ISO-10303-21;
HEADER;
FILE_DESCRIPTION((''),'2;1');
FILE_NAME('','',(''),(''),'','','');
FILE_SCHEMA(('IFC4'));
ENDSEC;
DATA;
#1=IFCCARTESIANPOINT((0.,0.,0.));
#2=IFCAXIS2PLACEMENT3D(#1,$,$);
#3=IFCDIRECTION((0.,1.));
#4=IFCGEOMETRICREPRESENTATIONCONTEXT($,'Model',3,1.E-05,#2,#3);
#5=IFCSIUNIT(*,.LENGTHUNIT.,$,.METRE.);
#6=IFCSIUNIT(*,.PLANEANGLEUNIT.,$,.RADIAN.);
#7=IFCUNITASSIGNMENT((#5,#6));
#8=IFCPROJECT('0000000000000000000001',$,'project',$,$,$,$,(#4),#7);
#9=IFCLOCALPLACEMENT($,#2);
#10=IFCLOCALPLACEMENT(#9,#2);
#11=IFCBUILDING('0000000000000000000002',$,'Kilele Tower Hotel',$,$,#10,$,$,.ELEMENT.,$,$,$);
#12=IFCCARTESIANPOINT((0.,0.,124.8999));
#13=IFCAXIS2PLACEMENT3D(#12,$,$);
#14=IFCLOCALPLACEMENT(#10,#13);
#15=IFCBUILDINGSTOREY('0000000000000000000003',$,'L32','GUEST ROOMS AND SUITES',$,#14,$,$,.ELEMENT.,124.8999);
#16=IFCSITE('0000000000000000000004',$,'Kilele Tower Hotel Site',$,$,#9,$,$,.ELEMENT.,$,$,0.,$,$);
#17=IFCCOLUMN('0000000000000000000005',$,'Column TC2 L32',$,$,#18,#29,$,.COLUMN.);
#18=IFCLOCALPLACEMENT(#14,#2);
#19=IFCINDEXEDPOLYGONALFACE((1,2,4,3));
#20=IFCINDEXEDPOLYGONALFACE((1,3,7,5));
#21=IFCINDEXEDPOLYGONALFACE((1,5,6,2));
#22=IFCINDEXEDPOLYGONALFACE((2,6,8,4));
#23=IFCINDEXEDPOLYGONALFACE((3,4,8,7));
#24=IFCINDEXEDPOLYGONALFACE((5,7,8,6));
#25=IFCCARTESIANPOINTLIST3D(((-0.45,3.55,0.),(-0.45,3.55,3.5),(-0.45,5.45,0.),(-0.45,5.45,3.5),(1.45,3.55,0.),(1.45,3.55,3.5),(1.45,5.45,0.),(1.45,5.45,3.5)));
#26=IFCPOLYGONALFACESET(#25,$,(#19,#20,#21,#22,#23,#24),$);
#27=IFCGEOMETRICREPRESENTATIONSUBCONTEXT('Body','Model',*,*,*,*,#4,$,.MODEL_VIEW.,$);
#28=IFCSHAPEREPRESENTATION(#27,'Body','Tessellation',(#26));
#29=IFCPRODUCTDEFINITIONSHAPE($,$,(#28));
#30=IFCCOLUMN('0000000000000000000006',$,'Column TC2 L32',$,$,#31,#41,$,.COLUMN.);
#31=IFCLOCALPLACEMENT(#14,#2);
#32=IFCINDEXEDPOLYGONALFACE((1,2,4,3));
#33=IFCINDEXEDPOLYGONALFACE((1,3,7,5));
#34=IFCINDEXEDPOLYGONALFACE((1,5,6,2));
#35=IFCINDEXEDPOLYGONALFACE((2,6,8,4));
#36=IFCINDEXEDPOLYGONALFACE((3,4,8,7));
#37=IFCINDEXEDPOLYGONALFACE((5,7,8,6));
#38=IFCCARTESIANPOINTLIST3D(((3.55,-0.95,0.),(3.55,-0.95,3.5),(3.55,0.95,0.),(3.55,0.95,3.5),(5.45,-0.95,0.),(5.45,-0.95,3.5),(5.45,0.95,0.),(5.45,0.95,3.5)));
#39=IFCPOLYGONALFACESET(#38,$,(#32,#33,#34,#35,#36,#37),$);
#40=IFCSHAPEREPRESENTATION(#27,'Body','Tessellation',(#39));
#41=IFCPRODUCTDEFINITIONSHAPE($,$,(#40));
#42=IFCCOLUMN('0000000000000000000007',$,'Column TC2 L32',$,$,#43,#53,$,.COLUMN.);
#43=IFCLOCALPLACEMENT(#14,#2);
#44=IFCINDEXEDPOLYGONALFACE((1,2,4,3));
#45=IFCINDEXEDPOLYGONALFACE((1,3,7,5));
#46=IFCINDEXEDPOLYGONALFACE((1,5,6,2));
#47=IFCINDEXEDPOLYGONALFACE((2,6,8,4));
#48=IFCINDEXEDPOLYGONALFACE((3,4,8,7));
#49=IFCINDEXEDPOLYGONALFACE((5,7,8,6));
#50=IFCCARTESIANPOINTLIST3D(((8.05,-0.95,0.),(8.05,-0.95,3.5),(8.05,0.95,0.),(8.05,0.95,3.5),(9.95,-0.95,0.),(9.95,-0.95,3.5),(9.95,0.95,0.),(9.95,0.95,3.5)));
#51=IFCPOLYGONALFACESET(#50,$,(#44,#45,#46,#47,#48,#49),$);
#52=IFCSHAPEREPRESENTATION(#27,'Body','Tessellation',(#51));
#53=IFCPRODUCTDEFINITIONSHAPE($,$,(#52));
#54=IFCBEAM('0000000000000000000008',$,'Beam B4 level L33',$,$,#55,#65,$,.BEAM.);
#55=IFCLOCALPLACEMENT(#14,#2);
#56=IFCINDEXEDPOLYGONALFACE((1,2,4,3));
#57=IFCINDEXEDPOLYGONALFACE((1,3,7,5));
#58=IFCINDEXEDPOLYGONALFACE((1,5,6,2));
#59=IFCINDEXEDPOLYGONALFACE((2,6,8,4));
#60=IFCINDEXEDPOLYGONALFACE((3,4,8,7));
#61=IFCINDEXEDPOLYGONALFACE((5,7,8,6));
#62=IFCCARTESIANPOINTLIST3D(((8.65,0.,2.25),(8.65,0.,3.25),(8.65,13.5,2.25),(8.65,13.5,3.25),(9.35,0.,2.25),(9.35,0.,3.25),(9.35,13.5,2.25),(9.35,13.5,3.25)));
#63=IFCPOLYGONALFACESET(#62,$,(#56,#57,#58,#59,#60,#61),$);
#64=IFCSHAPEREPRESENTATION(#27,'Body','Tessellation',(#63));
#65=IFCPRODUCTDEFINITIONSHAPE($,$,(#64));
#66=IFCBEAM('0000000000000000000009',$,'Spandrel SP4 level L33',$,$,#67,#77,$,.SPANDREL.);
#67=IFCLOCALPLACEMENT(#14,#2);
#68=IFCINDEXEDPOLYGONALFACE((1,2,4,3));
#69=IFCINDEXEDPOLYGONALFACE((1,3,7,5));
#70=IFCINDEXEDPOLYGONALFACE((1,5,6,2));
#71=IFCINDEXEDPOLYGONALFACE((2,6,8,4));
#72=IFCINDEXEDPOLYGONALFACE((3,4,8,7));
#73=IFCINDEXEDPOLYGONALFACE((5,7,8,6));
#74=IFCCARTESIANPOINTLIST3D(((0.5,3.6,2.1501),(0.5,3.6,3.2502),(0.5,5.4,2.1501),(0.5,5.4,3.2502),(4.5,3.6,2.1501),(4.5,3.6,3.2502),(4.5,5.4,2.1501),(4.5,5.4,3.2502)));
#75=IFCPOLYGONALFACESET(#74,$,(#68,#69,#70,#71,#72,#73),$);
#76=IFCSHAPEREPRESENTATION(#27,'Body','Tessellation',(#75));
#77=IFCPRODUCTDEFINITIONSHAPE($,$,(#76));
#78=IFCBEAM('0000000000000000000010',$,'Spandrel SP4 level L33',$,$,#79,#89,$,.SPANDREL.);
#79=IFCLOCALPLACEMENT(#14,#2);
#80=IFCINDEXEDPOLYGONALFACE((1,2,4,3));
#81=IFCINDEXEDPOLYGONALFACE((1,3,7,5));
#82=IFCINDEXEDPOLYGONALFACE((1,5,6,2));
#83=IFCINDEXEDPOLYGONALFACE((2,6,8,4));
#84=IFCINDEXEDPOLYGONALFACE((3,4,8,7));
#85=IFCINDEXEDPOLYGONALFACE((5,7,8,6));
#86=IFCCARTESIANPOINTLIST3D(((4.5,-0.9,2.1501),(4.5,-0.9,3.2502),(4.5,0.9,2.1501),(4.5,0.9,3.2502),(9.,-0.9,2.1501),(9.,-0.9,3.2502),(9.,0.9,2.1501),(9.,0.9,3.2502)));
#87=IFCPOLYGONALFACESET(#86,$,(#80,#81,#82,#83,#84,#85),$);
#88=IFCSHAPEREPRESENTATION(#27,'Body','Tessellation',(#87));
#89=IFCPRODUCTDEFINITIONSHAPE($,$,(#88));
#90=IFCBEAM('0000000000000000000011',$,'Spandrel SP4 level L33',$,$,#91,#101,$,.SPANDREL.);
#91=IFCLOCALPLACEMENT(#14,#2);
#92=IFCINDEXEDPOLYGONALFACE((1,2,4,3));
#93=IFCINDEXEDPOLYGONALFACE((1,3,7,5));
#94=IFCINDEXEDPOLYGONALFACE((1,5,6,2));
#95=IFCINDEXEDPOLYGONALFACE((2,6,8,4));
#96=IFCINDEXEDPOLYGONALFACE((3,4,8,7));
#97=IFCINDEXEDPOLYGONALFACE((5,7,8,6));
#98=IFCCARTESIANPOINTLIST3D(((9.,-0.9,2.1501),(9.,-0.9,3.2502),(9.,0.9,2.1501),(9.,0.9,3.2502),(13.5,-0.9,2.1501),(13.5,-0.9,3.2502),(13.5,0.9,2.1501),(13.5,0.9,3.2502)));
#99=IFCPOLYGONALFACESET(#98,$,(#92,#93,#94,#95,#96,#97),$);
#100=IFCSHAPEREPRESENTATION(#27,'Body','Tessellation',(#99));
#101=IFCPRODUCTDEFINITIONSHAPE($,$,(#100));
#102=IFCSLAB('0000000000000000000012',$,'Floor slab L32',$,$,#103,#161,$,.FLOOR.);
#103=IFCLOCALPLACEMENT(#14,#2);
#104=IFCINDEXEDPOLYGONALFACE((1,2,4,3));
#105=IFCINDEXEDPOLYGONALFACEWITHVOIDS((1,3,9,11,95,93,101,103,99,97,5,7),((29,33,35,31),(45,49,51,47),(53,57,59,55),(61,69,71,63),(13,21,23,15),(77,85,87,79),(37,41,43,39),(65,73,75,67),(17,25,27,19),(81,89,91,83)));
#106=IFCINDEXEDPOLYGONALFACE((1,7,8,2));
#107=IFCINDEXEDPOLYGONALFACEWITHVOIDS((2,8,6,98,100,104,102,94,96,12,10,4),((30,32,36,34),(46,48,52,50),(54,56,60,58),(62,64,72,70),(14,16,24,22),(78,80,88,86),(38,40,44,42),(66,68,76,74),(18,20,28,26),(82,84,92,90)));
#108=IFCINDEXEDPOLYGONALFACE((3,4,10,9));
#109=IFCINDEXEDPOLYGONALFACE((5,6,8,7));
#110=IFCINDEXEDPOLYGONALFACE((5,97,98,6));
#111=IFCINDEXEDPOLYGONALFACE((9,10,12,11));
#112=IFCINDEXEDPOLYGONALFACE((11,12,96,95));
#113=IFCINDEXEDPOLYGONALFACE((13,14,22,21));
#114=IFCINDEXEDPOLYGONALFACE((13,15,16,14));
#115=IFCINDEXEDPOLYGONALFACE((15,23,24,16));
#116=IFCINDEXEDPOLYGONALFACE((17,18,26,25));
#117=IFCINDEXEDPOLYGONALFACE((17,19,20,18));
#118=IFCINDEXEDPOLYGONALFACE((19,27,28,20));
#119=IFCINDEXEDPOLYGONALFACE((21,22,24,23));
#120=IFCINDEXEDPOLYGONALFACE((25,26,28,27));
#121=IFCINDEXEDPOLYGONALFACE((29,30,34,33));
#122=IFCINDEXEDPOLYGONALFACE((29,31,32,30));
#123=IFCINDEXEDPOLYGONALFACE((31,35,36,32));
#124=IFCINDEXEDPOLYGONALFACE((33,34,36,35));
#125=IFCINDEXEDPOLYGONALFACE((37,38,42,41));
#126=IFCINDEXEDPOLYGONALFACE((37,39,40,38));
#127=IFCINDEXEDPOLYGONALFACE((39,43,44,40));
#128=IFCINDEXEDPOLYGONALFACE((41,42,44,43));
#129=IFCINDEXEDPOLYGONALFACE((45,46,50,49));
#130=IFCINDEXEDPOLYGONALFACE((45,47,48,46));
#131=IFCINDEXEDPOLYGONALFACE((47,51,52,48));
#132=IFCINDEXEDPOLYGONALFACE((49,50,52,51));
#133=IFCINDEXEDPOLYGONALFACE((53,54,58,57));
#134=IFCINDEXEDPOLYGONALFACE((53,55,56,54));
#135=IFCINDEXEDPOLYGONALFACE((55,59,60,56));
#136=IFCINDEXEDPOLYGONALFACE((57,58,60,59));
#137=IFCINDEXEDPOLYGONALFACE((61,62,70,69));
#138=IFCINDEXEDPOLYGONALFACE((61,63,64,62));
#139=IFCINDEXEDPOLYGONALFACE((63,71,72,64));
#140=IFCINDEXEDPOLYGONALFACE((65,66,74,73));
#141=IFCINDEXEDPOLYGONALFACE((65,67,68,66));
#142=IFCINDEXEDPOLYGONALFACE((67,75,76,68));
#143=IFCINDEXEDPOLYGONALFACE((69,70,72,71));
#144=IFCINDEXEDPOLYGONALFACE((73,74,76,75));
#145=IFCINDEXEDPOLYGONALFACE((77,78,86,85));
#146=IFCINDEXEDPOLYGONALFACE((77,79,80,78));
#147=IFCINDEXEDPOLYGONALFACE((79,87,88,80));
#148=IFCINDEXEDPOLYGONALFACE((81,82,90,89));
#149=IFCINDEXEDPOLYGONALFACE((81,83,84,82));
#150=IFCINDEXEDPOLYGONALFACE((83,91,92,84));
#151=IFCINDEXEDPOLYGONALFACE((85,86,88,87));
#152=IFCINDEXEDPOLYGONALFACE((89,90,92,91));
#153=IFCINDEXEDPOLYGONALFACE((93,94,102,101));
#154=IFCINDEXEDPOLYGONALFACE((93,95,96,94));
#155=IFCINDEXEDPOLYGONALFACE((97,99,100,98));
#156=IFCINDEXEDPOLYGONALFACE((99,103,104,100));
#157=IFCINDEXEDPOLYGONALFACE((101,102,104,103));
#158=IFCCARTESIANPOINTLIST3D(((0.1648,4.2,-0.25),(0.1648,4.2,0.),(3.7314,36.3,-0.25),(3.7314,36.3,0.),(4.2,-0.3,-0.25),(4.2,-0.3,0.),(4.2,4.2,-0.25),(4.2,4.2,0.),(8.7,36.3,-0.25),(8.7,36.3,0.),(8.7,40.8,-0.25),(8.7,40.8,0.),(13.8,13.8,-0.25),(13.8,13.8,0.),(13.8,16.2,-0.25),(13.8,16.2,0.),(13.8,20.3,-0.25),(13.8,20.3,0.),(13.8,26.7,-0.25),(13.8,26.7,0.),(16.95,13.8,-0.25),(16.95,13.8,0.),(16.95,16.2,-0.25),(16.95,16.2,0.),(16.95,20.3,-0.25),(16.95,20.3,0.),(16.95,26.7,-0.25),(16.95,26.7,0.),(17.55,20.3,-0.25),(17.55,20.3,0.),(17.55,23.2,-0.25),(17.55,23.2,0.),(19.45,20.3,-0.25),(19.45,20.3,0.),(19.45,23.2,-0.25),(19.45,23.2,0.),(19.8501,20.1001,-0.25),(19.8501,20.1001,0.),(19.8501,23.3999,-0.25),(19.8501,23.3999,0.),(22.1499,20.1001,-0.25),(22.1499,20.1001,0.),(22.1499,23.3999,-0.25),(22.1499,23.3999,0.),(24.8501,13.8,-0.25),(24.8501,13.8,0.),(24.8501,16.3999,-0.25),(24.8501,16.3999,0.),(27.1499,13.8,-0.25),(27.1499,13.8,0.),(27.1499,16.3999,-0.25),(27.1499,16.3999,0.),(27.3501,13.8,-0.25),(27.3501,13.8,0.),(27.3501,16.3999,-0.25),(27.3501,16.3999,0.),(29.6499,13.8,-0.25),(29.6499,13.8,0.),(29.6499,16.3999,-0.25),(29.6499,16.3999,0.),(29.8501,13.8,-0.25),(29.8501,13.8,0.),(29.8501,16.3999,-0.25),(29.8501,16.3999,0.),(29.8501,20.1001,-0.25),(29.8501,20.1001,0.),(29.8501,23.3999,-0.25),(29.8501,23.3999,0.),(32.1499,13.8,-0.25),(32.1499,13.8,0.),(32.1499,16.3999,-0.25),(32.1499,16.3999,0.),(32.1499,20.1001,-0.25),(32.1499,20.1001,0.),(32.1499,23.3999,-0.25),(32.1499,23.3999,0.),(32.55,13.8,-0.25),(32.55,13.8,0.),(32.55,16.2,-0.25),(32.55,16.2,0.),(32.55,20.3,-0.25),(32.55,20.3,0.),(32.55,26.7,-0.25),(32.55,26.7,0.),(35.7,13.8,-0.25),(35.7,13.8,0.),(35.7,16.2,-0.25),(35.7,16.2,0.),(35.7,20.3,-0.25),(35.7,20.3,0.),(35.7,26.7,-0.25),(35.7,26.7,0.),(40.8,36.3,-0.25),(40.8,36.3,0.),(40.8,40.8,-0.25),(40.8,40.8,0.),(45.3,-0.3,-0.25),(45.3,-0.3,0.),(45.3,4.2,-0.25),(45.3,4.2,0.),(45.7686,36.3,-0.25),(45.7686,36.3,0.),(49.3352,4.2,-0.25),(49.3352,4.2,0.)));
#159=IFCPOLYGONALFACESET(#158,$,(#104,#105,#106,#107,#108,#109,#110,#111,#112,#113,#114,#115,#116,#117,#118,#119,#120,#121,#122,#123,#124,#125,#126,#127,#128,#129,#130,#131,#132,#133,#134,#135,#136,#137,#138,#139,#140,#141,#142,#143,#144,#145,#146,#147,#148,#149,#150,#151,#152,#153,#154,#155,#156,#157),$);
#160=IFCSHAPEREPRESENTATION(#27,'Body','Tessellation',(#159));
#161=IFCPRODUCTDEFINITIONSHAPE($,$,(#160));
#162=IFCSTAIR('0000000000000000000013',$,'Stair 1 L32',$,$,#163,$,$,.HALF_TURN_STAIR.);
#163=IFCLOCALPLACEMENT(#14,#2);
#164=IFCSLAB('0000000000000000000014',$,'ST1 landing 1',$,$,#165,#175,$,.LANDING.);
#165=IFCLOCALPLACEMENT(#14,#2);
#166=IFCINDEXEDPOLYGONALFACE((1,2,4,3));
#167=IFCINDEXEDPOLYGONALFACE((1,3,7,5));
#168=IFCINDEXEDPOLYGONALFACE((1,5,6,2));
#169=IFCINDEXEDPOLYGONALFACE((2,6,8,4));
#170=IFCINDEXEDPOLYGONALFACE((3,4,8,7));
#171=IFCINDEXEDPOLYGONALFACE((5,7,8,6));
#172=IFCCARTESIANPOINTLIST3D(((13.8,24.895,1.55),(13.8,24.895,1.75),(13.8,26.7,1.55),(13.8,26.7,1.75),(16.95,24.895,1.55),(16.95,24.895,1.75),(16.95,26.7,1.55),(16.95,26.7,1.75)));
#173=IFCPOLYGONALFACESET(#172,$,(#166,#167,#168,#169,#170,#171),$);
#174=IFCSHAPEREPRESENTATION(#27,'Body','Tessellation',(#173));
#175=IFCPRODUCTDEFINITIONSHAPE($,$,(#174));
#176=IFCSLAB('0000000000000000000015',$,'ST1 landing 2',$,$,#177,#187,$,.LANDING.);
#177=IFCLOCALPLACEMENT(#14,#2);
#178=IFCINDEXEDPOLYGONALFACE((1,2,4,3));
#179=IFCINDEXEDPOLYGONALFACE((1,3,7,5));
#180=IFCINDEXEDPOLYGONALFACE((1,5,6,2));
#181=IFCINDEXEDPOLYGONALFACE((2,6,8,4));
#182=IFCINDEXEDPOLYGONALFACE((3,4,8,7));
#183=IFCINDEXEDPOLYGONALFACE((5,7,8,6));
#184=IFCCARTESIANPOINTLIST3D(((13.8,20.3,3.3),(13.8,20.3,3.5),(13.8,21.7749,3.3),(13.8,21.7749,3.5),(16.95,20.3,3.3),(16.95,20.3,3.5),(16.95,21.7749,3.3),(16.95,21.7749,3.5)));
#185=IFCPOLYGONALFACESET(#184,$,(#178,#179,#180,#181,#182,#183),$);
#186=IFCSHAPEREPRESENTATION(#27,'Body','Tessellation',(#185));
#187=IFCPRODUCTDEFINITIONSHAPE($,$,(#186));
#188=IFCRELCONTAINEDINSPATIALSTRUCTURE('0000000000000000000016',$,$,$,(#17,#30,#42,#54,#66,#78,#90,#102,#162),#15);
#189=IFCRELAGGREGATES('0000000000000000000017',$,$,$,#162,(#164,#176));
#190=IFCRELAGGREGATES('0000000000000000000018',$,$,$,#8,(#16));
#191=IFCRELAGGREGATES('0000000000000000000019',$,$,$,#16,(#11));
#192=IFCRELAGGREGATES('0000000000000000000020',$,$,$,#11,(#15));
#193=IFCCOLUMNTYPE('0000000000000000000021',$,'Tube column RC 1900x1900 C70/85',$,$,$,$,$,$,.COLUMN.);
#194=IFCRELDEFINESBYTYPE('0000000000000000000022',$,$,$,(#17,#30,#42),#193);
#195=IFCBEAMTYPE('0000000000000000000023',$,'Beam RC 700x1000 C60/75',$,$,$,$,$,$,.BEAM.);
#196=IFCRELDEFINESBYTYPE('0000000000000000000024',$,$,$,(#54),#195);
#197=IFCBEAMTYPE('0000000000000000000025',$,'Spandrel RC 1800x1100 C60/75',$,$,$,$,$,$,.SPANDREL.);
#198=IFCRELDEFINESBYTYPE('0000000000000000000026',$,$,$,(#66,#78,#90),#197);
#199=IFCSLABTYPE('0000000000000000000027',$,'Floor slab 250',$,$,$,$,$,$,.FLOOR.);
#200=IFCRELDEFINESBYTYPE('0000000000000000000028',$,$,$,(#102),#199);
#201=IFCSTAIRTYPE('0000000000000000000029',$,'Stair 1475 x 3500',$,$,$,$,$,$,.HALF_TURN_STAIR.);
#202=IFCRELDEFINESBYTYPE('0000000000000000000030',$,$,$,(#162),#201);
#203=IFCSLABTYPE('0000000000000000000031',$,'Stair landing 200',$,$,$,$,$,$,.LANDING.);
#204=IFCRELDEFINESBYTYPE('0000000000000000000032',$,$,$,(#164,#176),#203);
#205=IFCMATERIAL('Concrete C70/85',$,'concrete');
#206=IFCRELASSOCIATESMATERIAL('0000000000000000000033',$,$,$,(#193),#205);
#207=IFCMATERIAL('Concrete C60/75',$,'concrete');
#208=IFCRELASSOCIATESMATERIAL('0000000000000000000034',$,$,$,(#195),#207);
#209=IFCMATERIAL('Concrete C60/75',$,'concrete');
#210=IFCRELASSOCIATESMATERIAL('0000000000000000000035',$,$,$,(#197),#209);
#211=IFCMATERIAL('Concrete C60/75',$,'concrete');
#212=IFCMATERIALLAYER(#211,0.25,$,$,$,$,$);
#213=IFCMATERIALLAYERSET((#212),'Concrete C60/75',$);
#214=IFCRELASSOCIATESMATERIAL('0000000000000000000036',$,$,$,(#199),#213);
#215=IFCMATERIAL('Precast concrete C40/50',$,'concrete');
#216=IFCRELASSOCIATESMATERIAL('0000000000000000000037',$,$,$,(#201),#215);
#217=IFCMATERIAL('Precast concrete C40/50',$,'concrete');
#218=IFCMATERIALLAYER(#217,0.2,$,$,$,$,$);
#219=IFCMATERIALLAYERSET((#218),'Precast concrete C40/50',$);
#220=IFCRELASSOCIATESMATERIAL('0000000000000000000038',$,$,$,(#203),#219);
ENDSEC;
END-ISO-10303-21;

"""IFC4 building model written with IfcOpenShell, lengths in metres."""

from ifc_helpers import new_model, si_unit, direction, frame, origin, origin_2d, place, context, subcontext, project, spatial, polyline, rectangle, outline, extrude, material, layer, layer_set, material_profile, profile_set, type_object, element, aggregate, save


model = new_model("IFC4")

# Units and contexts
model_context = context("Model", 3, precision=1e-05, world=origin(), true_north=direction((0.0, 1.0)))
body_context = subcontext(model_context, "Body", "Model", "MODEL_VIEW")
ifc_project = project(units=[si_unit("LENGTHUNIT", "METRE"), si_unit("PLANEANGLEUNIT", "RADIAN")], contexts=[model_context])

# Site, building, storey
site_placement = place(None, origin())
site = spatial("IfcSite", under=ifc_project, at=site_placement, Name="Kilele Tower Hotel Site", CompositionType="ELEMENT", RefElevation=0.0)
building_placement = place(site_placement, origin())
building = spatial("IfcBuilding", under=site, at=building_placement, Name="Kilele Tower Hotel", CompositionType="ELEMENT")
storey_placement = place(building_placement, frame((0.0, 0.0, 124.8999)))
storey = spatial("IfcBuildingStorey", under=building, at=storey_placement, Name="L32", Description="GUEST ROOMS AND SUITES", CompositionType="ELEMENT", Elevation=124.8999)

# Columns
ifc_material_1 = material(Name="Concrete C70/85", Category="concrete")
ifc_material_profile_1 = material_profile(ifc_material_1, rectangle(XDim=1.8999, YDim=1.8999, at=origin_2d()))
ifc_profile_set_1 = profile_set([ifc_material_profile_1], Name="Concrete C70/85")
column_type = type_object("IfcColumnType", Name="Tube column RC 1900x1900 C70/85", PredefinedType="COLUMN", material=ifc_profile_set_1)
for number, where, z_axis, x_axis, name in (
    (1, (0.5, 4.5, 0.0), (0.0, 0.0, 1.0), (1.0, 0.0, 0.0), "Column TC2 L32"),
    (2, (4.5, 0.0, 0.0), (0.0, 0.0, 1.0), (1.0, 0.0, 0.0), "Column TC2 L32"),
    (3, (9.0, 0.0, 0.0), (0.0, 0.0, 1.0), (1.0, 0.0, 0.0), "Column TC2 L32"),
):
    element("IfcColumn", number, at=place(storey_placement, frame(where, z_axis=z_axis, x_axis=x_axis)), inside=storey, type_object=column_type, Name=name, PredefinedType="COLUMN", context=body_context, shape_type="SweptSolid", body=[
        extrude(rectangle(XDim=1.8999, YDim=1.8999, at=origin_2d()), origin(), (0.0, 0.0, 1.0), 3.5),
    ])

# Beams
ifc_material_2 = material(Name="Concrete C60/75", Category="concrete")
ifc_material_profile_2 = material_profile(ifc_material_2, rectangle(XDim=0.7, YDim=1.0, at=origin_2d()))
ifc_profile_set_2 = profile_set([ifc_material_profile_2], Name="Concrete C60/75")
beam_type_1 = type_object("IfcBeamType", Name="Beam RC 700x1000 C60/75", PredefinedType="BEAM", material=ifc_profile_set_2)
beam_1_placement = place(storey_placement, frame((9.0, 0.0, 2.75), z_axis=(0.0, 1.0, 0.0), x_axis=(-1.0, 0.0, 0.0)))
element("IfcBeam", 4, at=beam_1_placement, inside=storey, type_object=beam_type_1, Name="Beam B4 level L33", PredefinedType="BEAM", context=body_context, shape_type="SweptSolid", body=[
    extrude(rectangle(XDim=0.7, YDim=1.0, at=origin_2d()), origin(), (0.0, 0.0, 1.0), 13.5),
])
ifc_material_3 = material(Name="Concrete C60/75", Category="concrete")
ifc_material_profile_3 = material_profile(ifc_material_3, rectangle(XDim=1.8, YDim=1.1001, at=origin_2d()))
ifc_profile_set_3 = profile_set([ifc_material_profile_3], Name="Concrete C60/75")
beam_type_2 = type_object("IfcBeamType", Name="Spandrel RC 1800x1100 C60/75", PredefinedType="SPANDREL", material=ifc_profile_set_3)
beam_2_placement = place(storey_placement, frame((0.5, 4.5, 2.7002), z_axis=(1.0, 0.0, 0.0), x_axis=(0.0, 1.0, 0.0)))
element("IfcBeam", 5, at=beam_2_placement, inside=storey, type_object=beam_type_2, Name="Spandrel SP4 level L33", PredefinedType="SPANDREL", context=body_context, shape_type="SweptSolid", body=[
    extrude(rectangle(XDim=1.8, YDim=1.1001, at=origin_2d()), origin(), (0.0, 0.0, 1.0), 4.0),
])
for number, where, z_axis, x_axis, name in (
    (6, (4.5, 0.0, 2.7002), (1.0, 0.0, 0.0), (0.0, 1.0, 0.0), "Spandrel SP4 level L33"),
    (7, (9.0, 0.0, 2.7002), (1.0, 0.0, 0.0), (0.0, 1.0, 0.0), "Spandrel SP4 level L33"),
):
    element("IfcBeam", number, at=place(storey_placement, frame(where, z_axis=z_axis, x_axis=x_axis)), inside=storey, type_object=beam_type_2, Name=name, PredefinedType="SPANDREL", context=body_context, shape_type="SweptSolid", body=[
        extrude(rectangle(XDim=1.8, YDim=1.1001, at=origin_2d()), origin(), (0.0, 0.0, 1.0), 4.5),
    ])

# Slab
ifc_material_4 = material(Name="Concrete C60/75", Category="concrete")
ifc_layer_1 = layer(ifc_material_4, 0.25)
ifc_layer_set_1 = layer_set([ifc_layer_1], Name="Concrete C60/75")
slab_type_1 = type_object("IfcSlabType", Name="Floor slab 250", PredefinedType="FLOOR", material=ifc_layer_set_1)
slab_1_placement = place(storey_placement, frame((0.0, 0.0, -0.25)))
element("IfcSlab", 8, at=slab_1_placement, inside=storey, type_object=slab_type_1, Name="Floor slab L32", PredefinedType="FLOOR", context=body_context, shape_type="SweptSolid", body=[
    extrude(outline(polyline([(8.7, 36.3), (8.7, 40.8), (40.8, 40.8), (40.8, 36.3), (45.7686, 36.3), (49.3352, 4.2), (45.3, 4.2), (45.3, -0.3), (4.2, -0.3), (4.2, 4.2), (0.1648, 4.2), (3.7314, 36.3), (8.7, 36.3)]), holes=[polyline([(16.95, 16.2), (13.8, 16.2), (13.8, 13.8), (16.95, 13.8), (16.95, 16.2)]), polyline([(35.7, 16.2), (32.55, 16.2), (32.55, 13.8), (35.7, 13.8), (35.7, 16.2)]), polyline([(27.1499, 16.3999), (24.8501, 16.3999), (24.8501, 13.8), (27.1499, 13.8), (27.1499, 16.3999)]), polyline([(29.6499, 13.8), (29.6499, 16.3999), (27.3501, 16.3999), (27.3501, 13.8), (29.6499, 13.8)]), polyline([(32.1499, 13.8), (32.1499, 16.3999), (29.8501, 16.3999), (29.8501, 13.8), (32.1499, 13.8)]), polyline([(19.45, 23.2), (17.55, 23.2), (17.55, 20.3), (19.45, 20.3), (19.45, 23.2)]), polyline([(22.1499, 23.3999), (19.8501, 23.3999), (19.8501, 20.1001), (22.1499, 20.1001), (22.1499, 23.3999)]), polyline([(32.1499, 23.3999), (29.8501, 23.3999), (29.8501, 20.1001), (32.1499, 20.1001), (32.1499, 23.3999)]), polyline([(16.95, 20.3), (16.95, 26.7), (13.8, 26.7), (13.8, 20.3), (16.95, 20.3)]), polyline([(35.7, 20.3), (35.7, 26.7), (32.55, 26.7), (32.55, 20.3), (35.7, 20.3)])]), origin(), (0.0, 0.0, 1.0), 0.25),
])

# Stair, slabs
ifc_material_5 = material(Name="Precast concrete C40/50", Category="concrete")
stair_type = type_object("IfcStairType", Name="Stair 1475 x 3500", PredefinedType="HALF_TURN_STAIR", material=ifc_material_5)
stair_1_placement = place(storey_placement, origin())
stair_1 = element("IfcStair", 9, at=stair_1_placement, inside=storey, type_object=stair_type, Name="Stair 1 L32", PredefinedType="HALF_TURN_STAIR")
ifc_material_6 = material(Name="Precast concrete C40/50", Category="concrete")
ifc_layer_2 = layer(ifc_material_6, 0.2)
ifc_layer_set_2 = layer_set([ifc_layer_2], Name="Precast concrete C40/50")
slab_type_2 = type_object("IfcSlabType", Name="Stair landing 200", PredefinedType="LANDING", material=ifc_layer_set_2)
slab_2_placement = place(storey_placement, frame((0.0, 0.0, 1.55)))
slab_2 = element("IfcSlab", 10, at=slab_2_placement, type_object=slab_type_2, Name="ST1 landing 1", PredefinedType="LANDING", context=body_context, shape_type="SweptSolid", body=[
    extrude(outline(polyline([(13.8, 24.895), (16.95, 24.895), (16.95, 26.7), (13.8, 26.7), (13.8, 24.895)])), origin(), (0.0, 0.0, 1.0), 0.2),
])
slab_3_placement = place(storey_placement, frame((0.0, 0.0, 3.3)))
slab_3 = element("IfcSlab", 11, at=slab_3_placement, type_object=slab_type_2, Name="ST1 landing 2", PredefinedType="LANDING", context=body_context, shape_type="SweptSolid", body=[
    extrude(outline(polyline([(13.8, 20.3), (16.95, 20.3), (16.95, 21.7749), (13.8, 21.7749), (13.8, 20.3)])), origin(), (0.0, 0.0, 1.0), 0.2),
])
aggregate(stair_1, [slab_2, slab_3])

save(model, "model.ifc")
